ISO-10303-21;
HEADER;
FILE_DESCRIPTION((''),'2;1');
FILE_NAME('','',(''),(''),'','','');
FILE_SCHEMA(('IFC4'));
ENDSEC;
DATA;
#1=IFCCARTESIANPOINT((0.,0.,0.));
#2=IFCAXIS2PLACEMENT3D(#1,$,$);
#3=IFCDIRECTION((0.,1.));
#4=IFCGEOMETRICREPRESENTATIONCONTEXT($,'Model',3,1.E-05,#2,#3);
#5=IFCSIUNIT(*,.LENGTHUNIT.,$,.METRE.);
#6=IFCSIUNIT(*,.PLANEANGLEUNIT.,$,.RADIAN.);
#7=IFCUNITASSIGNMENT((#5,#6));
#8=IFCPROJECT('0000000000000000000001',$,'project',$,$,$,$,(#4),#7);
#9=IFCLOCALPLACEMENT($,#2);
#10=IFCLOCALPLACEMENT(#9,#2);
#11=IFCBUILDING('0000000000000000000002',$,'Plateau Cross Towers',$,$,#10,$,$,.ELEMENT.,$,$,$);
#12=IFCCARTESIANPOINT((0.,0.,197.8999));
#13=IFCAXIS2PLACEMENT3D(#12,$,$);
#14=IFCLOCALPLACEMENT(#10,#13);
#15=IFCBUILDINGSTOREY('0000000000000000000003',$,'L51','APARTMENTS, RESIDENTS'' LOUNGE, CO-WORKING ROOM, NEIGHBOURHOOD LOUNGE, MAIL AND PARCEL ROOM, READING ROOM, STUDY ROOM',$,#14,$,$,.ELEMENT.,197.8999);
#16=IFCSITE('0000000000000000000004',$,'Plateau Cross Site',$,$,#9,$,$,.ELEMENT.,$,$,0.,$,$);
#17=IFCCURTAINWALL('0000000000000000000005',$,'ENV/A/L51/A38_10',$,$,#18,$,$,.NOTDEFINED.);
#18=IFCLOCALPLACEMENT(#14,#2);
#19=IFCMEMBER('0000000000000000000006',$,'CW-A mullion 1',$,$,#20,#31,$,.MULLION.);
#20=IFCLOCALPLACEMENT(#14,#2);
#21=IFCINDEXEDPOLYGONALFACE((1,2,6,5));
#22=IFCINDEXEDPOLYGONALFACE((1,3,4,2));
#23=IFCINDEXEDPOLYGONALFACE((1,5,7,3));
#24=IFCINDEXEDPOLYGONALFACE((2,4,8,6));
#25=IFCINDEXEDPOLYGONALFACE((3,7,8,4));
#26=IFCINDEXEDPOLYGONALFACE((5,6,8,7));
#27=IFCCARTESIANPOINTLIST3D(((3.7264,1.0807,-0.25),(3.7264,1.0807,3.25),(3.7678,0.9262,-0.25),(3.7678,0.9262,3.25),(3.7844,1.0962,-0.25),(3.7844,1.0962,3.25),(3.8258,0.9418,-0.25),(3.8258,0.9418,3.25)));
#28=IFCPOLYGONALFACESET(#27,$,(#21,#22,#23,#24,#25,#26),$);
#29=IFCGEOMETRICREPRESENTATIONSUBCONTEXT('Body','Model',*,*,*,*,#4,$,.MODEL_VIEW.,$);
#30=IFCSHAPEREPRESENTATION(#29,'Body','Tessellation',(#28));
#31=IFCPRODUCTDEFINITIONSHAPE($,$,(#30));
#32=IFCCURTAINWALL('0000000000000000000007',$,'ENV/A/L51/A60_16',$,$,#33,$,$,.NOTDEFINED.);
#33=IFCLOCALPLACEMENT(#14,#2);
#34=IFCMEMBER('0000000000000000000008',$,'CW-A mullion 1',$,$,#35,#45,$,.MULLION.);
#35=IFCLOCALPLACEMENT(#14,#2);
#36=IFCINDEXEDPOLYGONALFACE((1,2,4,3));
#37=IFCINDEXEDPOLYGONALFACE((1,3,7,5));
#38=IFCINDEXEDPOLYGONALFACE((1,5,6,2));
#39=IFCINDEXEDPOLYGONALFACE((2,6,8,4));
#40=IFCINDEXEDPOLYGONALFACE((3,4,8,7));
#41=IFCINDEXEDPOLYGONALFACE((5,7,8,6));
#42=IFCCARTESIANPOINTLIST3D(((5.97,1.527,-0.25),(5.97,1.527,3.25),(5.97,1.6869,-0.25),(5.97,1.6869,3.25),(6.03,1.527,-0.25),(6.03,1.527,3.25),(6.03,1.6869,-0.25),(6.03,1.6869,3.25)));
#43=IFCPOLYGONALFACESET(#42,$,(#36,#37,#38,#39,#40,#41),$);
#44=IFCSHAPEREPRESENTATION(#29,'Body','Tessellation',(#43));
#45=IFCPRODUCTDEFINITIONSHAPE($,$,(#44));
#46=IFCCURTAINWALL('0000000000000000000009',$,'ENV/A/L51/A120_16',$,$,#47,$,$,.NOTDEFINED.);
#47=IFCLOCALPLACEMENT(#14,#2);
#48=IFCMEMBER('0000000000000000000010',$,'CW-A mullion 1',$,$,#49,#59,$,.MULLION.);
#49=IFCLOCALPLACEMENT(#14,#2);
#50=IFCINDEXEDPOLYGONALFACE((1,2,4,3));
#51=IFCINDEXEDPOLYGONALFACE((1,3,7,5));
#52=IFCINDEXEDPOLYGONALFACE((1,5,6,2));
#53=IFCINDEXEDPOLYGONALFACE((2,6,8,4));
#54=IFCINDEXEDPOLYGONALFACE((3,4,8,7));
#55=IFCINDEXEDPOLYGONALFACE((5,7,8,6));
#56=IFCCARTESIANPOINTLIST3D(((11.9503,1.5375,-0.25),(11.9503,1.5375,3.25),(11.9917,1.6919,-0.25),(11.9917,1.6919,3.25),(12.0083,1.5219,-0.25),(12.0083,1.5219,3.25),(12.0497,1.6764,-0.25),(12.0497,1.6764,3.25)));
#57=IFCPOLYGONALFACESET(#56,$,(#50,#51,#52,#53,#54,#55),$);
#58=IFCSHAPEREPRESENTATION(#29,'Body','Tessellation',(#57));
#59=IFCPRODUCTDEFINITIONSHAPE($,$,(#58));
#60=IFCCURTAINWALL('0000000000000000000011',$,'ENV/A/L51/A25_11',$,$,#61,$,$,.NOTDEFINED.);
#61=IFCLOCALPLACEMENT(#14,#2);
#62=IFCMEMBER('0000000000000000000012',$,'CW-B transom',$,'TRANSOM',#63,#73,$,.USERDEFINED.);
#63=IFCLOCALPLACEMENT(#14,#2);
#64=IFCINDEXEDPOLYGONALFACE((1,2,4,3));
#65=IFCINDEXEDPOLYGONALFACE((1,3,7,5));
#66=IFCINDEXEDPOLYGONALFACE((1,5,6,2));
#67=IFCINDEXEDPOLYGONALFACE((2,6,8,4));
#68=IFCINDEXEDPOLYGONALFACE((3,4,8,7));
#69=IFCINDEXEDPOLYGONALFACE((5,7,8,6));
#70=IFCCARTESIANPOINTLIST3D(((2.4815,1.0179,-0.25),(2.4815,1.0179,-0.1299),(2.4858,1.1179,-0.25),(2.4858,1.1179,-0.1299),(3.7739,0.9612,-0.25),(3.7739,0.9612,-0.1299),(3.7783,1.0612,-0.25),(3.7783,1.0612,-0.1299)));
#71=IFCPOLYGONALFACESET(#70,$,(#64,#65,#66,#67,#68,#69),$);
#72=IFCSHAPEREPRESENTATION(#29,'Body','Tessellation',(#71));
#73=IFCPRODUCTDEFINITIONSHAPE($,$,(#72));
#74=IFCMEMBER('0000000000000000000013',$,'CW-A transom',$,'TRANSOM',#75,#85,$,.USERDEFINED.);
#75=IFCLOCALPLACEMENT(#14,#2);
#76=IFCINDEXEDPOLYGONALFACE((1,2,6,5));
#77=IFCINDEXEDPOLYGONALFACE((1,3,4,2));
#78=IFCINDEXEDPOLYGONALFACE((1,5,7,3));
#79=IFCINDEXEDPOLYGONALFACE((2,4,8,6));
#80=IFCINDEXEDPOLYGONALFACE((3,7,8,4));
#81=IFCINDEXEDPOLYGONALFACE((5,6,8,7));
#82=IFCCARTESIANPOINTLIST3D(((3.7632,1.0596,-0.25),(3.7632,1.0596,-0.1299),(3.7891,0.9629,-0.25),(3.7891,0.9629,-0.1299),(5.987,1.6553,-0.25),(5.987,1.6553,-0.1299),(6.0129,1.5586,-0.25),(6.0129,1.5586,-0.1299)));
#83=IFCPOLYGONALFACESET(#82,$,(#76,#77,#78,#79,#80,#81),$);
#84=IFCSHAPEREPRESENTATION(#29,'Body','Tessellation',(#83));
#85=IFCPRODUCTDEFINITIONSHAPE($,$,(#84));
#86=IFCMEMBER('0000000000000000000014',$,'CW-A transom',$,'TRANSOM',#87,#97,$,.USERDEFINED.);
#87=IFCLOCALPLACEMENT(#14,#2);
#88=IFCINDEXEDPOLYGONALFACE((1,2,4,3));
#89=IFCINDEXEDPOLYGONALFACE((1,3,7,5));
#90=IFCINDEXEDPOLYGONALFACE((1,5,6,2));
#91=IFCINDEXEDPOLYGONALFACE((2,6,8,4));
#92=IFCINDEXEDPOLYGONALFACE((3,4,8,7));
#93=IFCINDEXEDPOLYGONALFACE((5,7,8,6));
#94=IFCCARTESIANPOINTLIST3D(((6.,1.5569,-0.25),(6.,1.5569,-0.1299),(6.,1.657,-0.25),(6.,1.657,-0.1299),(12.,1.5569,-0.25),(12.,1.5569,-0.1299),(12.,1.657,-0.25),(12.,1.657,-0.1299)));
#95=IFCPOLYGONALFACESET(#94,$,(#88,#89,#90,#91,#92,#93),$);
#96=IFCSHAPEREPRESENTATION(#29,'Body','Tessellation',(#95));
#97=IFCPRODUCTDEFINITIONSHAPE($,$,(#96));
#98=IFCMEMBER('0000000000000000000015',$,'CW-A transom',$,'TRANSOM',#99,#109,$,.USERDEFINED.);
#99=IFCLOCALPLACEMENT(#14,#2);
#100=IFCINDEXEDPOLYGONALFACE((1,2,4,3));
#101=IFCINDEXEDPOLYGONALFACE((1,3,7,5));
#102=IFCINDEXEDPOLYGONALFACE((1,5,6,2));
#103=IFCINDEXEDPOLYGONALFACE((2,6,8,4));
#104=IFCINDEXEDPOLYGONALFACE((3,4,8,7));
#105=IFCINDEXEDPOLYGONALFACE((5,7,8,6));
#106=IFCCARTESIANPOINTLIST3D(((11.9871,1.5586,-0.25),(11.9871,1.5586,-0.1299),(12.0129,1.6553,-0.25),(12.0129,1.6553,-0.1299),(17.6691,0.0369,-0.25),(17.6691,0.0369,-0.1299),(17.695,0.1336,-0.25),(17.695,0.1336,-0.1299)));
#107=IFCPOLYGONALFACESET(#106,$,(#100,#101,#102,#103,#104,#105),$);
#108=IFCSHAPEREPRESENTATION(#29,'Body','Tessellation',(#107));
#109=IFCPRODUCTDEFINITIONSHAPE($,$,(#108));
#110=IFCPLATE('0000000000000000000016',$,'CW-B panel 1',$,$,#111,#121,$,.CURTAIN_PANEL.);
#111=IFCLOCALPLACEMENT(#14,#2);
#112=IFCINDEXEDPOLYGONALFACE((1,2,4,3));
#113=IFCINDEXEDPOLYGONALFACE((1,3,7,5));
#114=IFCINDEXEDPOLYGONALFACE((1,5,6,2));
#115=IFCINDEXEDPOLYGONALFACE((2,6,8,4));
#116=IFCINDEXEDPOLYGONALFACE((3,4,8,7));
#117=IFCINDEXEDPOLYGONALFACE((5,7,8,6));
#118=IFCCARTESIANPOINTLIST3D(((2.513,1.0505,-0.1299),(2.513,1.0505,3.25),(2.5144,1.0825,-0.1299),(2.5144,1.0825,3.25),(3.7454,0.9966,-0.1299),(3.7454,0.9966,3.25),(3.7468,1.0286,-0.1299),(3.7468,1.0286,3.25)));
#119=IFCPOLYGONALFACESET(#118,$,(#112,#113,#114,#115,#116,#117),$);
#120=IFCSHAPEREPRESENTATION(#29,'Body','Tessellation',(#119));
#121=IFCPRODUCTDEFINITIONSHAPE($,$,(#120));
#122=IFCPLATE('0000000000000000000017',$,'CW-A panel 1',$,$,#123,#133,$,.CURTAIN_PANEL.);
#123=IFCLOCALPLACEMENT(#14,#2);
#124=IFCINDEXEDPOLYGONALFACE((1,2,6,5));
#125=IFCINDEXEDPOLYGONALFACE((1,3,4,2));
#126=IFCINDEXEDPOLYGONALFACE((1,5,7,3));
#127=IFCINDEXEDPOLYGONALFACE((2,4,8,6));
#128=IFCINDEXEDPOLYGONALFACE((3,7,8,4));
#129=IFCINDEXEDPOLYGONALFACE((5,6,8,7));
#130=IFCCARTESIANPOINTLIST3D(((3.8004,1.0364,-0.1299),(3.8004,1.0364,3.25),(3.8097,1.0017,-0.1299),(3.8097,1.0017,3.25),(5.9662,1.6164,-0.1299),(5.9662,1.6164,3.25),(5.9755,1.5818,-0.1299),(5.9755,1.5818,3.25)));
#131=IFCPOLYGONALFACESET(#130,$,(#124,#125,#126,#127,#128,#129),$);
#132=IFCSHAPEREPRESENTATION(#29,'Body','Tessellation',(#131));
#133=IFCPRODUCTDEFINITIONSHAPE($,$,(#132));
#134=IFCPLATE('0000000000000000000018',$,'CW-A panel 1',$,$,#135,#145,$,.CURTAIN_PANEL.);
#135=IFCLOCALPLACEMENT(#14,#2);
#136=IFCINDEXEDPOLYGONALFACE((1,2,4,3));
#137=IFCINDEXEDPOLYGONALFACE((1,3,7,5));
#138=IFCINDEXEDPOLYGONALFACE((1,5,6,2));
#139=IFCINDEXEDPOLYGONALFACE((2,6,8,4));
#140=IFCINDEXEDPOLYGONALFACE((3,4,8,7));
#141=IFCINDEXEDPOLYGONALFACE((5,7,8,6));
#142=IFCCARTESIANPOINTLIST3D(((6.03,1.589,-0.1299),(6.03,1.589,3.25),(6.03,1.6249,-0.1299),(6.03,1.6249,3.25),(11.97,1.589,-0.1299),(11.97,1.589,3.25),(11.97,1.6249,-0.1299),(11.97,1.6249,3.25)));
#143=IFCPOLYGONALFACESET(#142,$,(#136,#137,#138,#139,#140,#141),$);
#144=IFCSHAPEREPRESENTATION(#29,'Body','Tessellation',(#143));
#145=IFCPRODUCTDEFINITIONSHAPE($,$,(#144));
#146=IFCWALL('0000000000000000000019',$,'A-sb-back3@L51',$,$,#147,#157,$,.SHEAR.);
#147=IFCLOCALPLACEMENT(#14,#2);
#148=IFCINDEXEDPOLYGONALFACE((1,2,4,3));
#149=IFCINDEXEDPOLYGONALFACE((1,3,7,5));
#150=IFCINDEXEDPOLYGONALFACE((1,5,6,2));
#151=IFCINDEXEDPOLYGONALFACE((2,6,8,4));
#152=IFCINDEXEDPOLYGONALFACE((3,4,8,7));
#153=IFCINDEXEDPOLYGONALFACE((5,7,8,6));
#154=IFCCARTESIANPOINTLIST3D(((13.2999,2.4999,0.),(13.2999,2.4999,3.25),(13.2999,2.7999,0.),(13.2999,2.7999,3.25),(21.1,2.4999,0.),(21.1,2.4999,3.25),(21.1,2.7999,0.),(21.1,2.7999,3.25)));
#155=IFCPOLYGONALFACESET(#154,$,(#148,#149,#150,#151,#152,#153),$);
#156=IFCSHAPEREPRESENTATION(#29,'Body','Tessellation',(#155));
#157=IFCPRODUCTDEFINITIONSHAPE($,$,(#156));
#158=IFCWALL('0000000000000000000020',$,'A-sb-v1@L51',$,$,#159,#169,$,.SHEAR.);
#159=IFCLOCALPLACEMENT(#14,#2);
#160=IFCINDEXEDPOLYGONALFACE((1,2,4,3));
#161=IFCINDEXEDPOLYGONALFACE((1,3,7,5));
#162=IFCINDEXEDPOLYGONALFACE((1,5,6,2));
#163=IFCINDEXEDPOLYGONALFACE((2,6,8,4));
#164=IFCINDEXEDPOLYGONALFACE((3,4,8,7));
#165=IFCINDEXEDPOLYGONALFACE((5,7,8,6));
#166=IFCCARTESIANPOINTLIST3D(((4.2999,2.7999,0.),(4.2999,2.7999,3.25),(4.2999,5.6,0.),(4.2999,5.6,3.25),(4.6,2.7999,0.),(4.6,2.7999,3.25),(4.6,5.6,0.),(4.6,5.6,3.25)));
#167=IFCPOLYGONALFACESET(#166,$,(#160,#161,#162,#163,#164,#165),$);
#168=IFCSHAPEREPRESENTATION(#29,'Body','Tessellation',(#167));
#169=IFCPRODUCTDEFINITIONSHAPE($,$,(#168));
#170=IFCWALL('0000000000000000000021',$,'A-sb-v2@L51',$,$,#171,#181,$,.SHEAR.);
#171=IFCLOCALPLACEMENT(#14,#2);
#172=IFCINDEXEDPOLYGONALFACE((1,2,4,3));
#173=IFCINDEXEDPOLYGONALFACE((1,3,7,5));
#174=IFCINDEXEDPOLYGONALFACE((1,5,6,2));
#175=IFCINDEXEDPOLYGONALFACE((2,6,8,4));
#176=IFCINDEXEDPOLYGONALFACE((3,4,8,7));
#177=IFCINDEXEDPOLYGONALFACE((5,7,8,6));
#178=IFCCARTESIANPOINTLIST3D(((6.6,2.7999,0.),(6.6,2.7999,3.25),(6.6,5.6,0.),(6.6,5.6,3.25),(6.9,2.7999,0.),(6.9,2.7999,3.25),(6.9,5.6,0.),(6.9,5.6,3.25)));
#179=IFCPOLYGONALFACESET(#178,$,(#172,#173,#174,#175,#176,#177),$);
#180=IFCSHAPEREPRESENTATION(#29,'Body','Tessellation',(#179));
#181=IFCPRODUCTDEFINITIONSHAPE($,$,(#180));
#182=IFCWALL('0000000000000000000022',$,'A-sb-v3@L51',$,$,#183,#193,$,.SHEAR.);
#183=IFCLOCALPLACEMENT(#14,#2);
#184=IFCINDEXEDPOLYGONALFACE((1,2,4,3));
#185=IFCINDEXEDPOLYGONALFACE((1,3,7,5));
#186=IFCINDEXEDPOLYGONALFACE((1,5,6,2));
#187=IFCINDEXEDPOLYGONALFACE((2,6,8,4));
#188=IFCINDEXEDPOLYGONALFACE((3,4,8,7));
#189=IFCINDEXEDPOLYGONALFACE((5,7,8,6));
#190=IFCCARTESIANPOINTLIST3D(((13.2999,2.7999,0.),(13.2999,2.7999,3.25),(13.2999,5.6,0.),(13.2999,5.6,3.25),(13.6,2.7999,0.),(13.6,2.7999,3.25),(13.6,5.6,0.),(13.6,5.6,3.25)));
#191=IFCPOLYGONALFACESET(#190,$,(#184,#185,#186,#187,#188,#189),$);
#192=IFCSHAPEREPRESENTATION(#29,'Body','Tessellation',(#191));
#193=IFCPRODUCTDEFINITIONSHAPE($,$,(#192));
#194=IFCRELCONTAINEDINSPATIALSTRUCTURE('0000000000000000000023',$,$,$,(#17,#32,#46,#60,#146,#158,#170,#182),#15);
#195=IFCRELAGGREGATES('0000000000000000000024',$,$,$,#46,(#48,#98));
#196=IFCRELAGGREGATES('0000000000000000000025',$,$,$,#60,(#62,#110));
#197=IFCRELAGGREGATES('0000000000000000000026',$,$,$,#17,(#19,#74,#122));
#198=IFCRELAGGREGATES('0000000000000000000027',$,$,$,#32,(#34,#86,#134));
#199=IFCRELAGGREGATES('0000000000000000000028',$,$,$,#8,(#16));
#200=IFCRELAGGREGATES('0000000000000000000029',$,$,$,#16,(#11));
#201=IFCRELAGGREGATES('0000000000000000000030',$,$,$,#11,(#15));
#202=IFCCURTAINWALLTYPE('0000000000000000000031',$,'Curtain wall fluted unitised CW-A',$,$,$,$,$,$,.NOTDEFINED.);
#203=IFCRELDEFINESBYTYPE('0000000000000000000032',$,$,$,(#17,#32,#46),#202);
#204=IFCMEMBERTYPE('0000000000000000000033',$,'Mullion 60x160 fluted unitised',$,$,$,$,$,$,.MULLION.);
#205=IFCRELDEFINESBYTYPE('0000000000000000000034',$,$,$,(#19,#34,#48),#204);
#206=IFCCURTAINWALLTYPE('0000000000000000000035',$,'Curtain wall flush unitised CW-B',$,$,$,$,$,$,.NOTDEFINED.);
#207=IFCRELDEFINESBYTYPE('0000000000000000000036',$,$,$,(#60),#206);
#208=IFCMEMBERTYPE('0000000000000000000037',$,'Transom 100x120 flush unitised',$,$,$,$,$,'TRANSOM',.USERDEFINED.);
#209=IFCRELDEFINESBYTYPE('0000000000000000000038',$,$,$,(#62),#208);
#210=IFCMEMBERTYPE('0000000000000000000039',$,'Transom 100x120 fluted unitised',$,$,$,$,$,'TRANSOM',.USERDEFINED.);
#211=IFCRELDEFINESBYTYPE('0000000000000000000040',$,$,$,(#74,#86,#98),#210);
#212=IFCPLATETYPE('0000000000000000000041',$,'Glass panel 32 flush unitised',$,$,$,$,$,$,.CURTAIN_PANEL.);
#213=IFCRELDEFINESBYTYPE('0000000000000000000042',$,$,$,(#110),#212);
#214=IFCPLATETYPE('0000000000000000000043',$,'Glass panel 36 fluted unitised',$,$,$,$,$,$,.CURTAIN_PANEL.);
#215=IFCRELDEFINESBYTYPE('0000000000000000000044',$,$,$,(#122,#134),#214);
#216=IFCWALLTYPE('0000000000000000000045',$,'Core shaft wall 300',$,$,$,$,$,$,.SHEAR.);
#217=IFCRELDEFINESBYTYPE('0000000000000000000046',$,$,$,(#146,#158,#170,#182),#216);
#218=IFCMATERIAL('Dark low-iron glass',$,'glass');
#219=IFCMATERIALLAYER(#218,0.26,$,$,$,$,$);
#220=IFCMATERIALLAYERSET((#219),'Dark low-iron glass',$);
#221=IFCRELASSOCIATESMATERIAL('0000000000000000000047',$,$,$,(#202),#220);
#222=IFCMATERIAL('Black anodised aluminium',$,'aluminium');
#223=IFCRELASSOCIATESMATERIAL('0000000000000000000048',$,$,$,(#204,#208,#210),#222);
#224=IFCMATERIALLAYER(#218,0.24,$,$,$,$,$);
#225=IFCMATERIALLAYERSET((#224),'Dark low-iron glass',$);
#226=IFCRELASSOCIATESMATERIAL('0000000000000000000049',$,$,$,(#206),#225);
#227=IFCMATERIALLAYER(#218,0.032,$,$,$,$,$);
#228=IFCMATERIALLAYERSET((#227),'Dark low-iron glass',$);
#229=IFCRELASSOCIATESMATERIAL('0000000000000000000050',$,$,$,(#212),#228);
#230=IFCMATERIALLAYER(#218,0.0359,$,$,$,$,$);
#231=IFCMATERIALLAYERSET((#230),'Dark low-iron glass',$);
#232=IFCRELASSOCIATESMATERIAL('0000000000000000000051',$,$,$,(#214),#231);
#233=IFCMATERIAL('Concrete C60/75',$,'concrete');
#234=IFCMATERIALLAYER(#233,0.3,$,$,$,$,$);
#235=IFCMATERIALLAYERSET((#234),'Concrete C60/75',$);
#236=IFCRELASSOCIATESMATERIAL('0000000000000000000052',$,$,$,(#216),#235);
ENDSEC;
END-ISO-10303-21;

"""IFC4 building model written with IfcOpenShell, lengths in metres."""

from ifc_helpers import new_model, si_unit, direction, frame, frame_2d, origin, origin_2d, place, context, subcontext, project, spatial, rectangle, extrude, material, layer, layer_set, material_profile, profile_set, type_object, element, aggregate, save


model = new_model("IFC4")

# Units and contexts
model_context = context("Model", 3, precision=1e-05, world=origin(), true_north=direction((0.0, 1.0)))
body_context = subcontext(model_context, "Body", "Model", "MODEL_VIEW")
ifc_project = project(units=[si_unit("LENGTHUNIT", "METRE"), si_unit("PLANEANGLEUNIT", "RADIAN")], contexts=[model_context])

# Site, building, storey
site_placement = place(None, origin())
site = spatial("IfcSite", under=ifc_project, at=site_placement, Name="Plateau Cross Site", CompositionType="ELEMENT", RefElevation=0.0)
building_placement = place(site_placement, origin())
building = spatial("IfcBuilding", under=site, at=building_placement, Name="Plateau Cross Towers", CompositionType="ELEMENT")
storey_placement = place(building_placement, frame((0.0, 0.0, 197.8999)))
storey = spatial("IfcBuildingStorey", under=building, at=storey_placement, Name="L51", Description="APARTMENTS, RESIDENTS' LOUNGE, CO-WORKING ROOM, NEIGHBOURHOOD LOUNGE, MAIL AND PARCEL ROOM, READING ROOM, STUDY ROOM", CompositionType="ELEMENT", Elevation=197.8999)

# Curtain walls, members
ifc_material_1 = material(Name="Dark low-iron glass", Category="glass")
ifc_layer_1 = layer(ifc_material_1, 0.26)
ifc_layer_set_1 = layer_set([ifc_layer_1], Name="Dark low-iron glass")
curtain_wall_type_1 = type_object("IfcCurtainWallType", Name="Curtain wall fluted unitised CW-A", PredefinedType="NOTDEFINED", material=ifc_layer_set_1)
curtain_wall_1_placement = place(storey_placement, origin())
curtain_wall_1 = element("IfcCurtainWall", 1, at=curtain_wall_1_placement, inside=storey, type_object=curtain_wall_type_1, Name="ENV/A/L51/A38_10", PredefinedType="NOTDEFINED")
ifc_material_2 = material(Name="Black anodised aluminium", Category="aluminium")
ifc_material_profile_1 = material_profile(ifc_material_2, rectangle(XDim=0.0601, YDim=0.1599, at=origin_2d()), Name="MULLION 60x160")
ifc_profile_set_1 = profile_set([ifc_material_profile_1], Name="Black anodised aluminium")
member_type_1 = type_object("IfcMemberType", Name="Mullion 60x160 fluted unitised", PredefinedType="MULLION", material=ifc_profile_set_1)
member_1_placement = place(storey_placement, frame((3.7761, 1.0112, -0.25), z_axis=(0.0, 0.0, 1.0), x_axis=(0.965958, 0.258699, 0.0)))
member_1 = element("IfcMember", 2, at=member_1_placement, type_object=member_type_1, Name="CW-A mullion 1", PredefinedType="MULLION", context=body_context, shape_type="SweptSolid", body=[
    extrude(rectangle(XDim=0.0601, YDim=0.1599, at=origin_2d()), origin(), (0.0, 0.0, 1.0), 3.5),
])
curtain_wall_2_placement = place(storey_placement, origin())
curtain_wall_2 = element("IfcCurtainWall", 3, at=curtain_wall_2_placement, inside=storey, type_object=curtain_wall_type_1, Name="ENV/A/L51/A60_16", PredefinedType="NOTDEFINED")
member_2_placement = place(storey_placement, frame((6.0, 1.6069, -0.25), z_axis=(0.0, 0.0, 1.0), x_axis=(1.0, 0.0, 0.0)))
member_2 = element("IfcMember", 4, at=member_2_placement, type_object=member_type_1, Name="CW-A mullion 1", PredefinedType="MULLION", context=body_context, shape_type="SweptSolid", body=[
    extrude(rectangle(XDim=0.0601, YDim=0.1599, at=origin_2d()), origin(), (0.0, 0.0, 1.0), 3.5),
])
curtain_wall_3_placement = place(storey_placement, origin())
curtain_wall_3 = element("IfcCurtainWall", 5, at=curtain_wall_3_placement, inside=storey, type_object=curtain_wall_type_1, Name="ENV/A/L51/A120_16", PredefinedType="NOTDEFINED")
member_3_placement = place(storey_placement, frame((12.0, 1.6069, -0.25), z_axis=(0.0, 0.0, 1.0), x_axis=(0.965958, -0.258699, 0.0)))
member_3 = element("IfcMember", 6, at=member_3_placement, type_object=member_type_1, Name="CW-A mullion 1", PredefinedType="MULLION", context=body_context, shape_type="SweptSolid", body=[
    extrude(rectangle(XDim=0.0601, YDim=0.1599, at=origin_2d()), origin(), (0.0, 0.0, 1.0), 3.5),
])
ifc_layer_2 = layer(ifc_material_1, 0.24)
ifc_layer_set_2 = layer_set([ifc_layer_2], Name="Dark low-iron glass")
curtain_wall_type_2 = type_object("IfcCurtainWallType", Name="Curtain wall flush unitised CW-B", PredefinedType="NOTDEFINED", material=ifc_layer_set_2)
curtain_wall_4_placement = place(storey_placement, origin())
curtain_wall_4 = element("IfcCurtainWall", 7, at=curtain_wall_4_placement, inside=storey, type_object=curtain_wall_type_2, Name="ENV/A/L51/A25_11", PredefinedType="NOTDEFINED")
ifc_material_profile_2 = material_profile(ifc_material_2, rectangle(XDim=0.1001, YDim=0.1201, at=origin_2d()), Name="TRANSOM 100x120")
ifc_profile_set_2 = profile_set([ifc_material_profile_2], Name="Black anodised aluminium")
member_type_2 = type_object("IfcMemberType", Name="Transom 100x120 flush unitised", ElementType="TRANSOM", PredefinedType="USERDEFINED", material=ifc_profile_set_2)
member_4_placement = place(storey_placement, frame((2.4836, 1.0679, -0.1899), z_axis=(0.999041, -0.043781, 0.0), x_axis=(0.043781, 0.999041, 0.0)))
member_4 = element("IfcMember", 8, at=member_4_placement, type_object=member_type_2, Name="CW-B transom", ObjectType="TRANSOM", PredefinedType="USERDEFINED", context=body_context, shape_type="SweptSolid", body=[
    extrude(rectangle(XDim=0.1001, YDim=0.1201, at=origin_2d()), origin(), (0.0, 0.0, 1.0), 1.2937),
])

# Members
ifc_material_profile_3 = material_profile(ifc_material_2, rectangle(XDim=0.1001, YDim=0.1201, at=origin_2d()), Name="TRANSOM 100x120")
ifc_profile_set_3 = profile_set([ifc_material_profile_3], Name="Black anodised aluminium")
member_type_3 = type_object("IfcMemberType", Name="Transom 100x120 fluted unitised", ElementType="TRANSOM", PredefinedType="USERDEFINED", material=ifc_profile_set_3)
member_5_placement = place(storey_placement, frame((3.7761, 1.0112, -0.1899), z_axis=(0.965946, 0.258745, 0.0), x_axis=(-0.258745, 0.965946, 0.0)))
member_5 = element("IfcMember", 9, at=member_5_placement, type_object=member_type_3, Name="CW-A transom", ObjectType="TRANSOM", PredefinedType="USERDEFINED", context=body_context, shape_type="SweptSolid", body=[
    extrude(rectangle(XDim=0.1001, YDim=0.1201, at=origin_2d()), origin(), (0.0, 0.0, 1.0), 2.3022),
])
member_6_placement = place(storey_placement, frame((6.0, 1.6069, -0.1899), z_axis=(1.0, 0.0, 0.0), x_axis=(0.0, 1.0, 0.0)))
member_6 = element("IfcMember", 10, at=member_6_placement, type_object=member_type_3, Name="CW-A transom", ObjectType="TRANSOM", PredefinedType="USERDEFINED", context=body_context, shape_type="SweptSolid", body=[
    extrude(rectangle(XDim=0.1001, YDim=0.1201, at=origin_2d()), origin(), (0.0, 0.0, 1.0), 6.0),
])
member_7_placement = place(storey_placement, frame((12.0, 1.6069, -0.1899), z_axis=(0.96596, -0.258693, 0.0), x_axis=(0.258693, 0.96596, 0.0)))
member_7 = element("IfcMember", 11, at=member_7_placement, type_object=member_type_3, Name="CW-A transom", ObjectType="TRANSOM", PredefinedType="USERDEFINED", context=body_context, shape_type="SweptSolid", body=[
    extrude(rectangle(XDim=0.1001, YDim=0.1201, at=origin_2d()), origin(), (0.0, 0.0, 1.0), 5.8823),
])
aggregate(curtain_wall_3, [member_3, member_7])

# Plates
ifc_layer_3 = layer(ifc_material_1, 0.032)
ifc_layer_set_3 = layer_set([ifc_layer_3], Name="Dark low-iron glass")
plate_type_1 = type_object("IfcPlateType", Name="Glass panel 32 flush unitised", PredefinedType="CURTAIN_PANEL", material=ifc_layer_set_3)
plate_1_placement = place(storey_placement, frame((3.1299, 1.0396, -0.1299), z_axis=(0.0, 0.0, 1.0), x_axis=(0.999044, -0.043723, 0.0)))
plate_1 = element("IfcPlate", 12, at=plate_1_placement, type_object=plate_type_1, Name="CW-B panel 1", PredefinedType="CURTAIN_PANEL", context=body_context, shape_type="SweptSolid", body=[
    extrude(rectangle(XDim=1.2336, YDim=0.032, at=origin_2d()), origin(), (0.0, 0.0, 1.0), 3.3799),
])
aggregate(curtain_wall_4, [member_4, plate_1])
ifc_layer_4 = layer(ifc_material_1, 0.0359)
ifc_layer_set_4 = layer_set([ifc_layer_4], Name="Dark low-iron glass")
plate_type_2 = type_object("IfcPlateType", Name="Glass panel 36 fluted unitised", PredefinedType="CURTAIN_PANEL", material=ifc_layer_set_4)
plate_2_placement = place(storey_placement, frame((4.8879, 1.3091, -0.1299), z_axis=(0.0, 0.0, 1.0), x_axis=(0.965958, 0.258699, 0.0)))
plate_2 = element("IfcPlate", 13, at=plate_2_placement, type_object=plate_type_2, Name="CW-A panel 1", PredefinedType="CURTAIN_PANEL", context=body_context, shape_type="SweptSolid", body=[
    extrude(rectangle(XDim=2.2422, YDim=0.0359, at=origin_2d()), origin(), (0.0, 0.0, 1.0), 3.3799),
])
aggregate(curtain_wall_1, [member_1, member_5, plate_2])
plate_3_placement = place(storey_placement, frame((9.0, 1.6069, -0.1299), z_axis=(0.0, 0.0, 1.0), x_axis=(1.0, 0.0, 0.0)))
plate_3 = element("IfcPlate", 14, at=plate_3_placement, type_object=plate_type_2, Name="CW-A panel 1", PredefinedType="CURTAIN_PANEL", context=body_context, shape_type="SweptSolid", body=[
    extrude(rectangle(XDim=5.9399, YDim=0.0359, at=origin_2d()), origin(), (0.0, 0.0, 1.0), 3.3799),
])
aggregate(curtain_wall_2, [member_2, member_6, plate_3])

# Walls
ifc_material_3 = material(Name="Concrete C60/75", Category="concrete")
ifc_layer_5 = layer(ifc_material_3, 0.3)
ifc_layer_set_5 = layer_set([ifc_layer_5], Name="Concrete C60/75")
wall_type_1 = type_object("IfcWallType", Name="Core shaft wall 300", PredefinedType="SHEAR", material=ifc_layer_set_5)
wall_1_placement = place(storey_placement, frame((13.3, 2.6499, 0.0), z_axis=(0.0, 0.0, 1.0), x_axis=(1.0, 0.0, 0.0)))
element("IfcWall", 15, at=wall_1_placement, inside=storey, type_object=wall_type_1, Name="A-sb-back3@L51", PredefinedType="SHEAR", context=body_context, shape_type="SweptSolid", body=[
    extrude(rectangle(XDim=7.8, YDim=0.3, at=frame_2d((3.8999, 0.0))), origin(), (0.0, 0.0, 1.0), 3.25),
])
for number, where, z_axis, x_axis, name in (
    (16, (4.45, 2.8, 0.0), (0.0, 0.0, 1.0), (0.0, 1.0, 0.0), "A-sb-v1@L51"),
    (17, (6.75, 2.8, 0.0), (0.0, 0.0, 1.0), (0.0, 1.0, 0.0), "A-sb-v2@L51"),
    (18, (13.45, 2.8, 0.0), (0.0, 0.0, 1.0), (0.0, 1.0, 0.0), "A-sb-v3@L51"),
):
    element("IfcWall", number, at=place(storey_placement, frame(where, z_axis=z_axis, x_axis=x_axis)), inside=storey, type_object=wall_type_1, Name=name, PredefinedType="SHEAR", context=body_context, shape_type="SweptSolid", body=[
        extrude(rectangle(XDim=2.8, YDim=0.3, at=frame_2d((1.3999, 0.0))), origin(), (0.0, 0.0, 1.0), 3.25),
    ])

save(model, "model.ifc")
